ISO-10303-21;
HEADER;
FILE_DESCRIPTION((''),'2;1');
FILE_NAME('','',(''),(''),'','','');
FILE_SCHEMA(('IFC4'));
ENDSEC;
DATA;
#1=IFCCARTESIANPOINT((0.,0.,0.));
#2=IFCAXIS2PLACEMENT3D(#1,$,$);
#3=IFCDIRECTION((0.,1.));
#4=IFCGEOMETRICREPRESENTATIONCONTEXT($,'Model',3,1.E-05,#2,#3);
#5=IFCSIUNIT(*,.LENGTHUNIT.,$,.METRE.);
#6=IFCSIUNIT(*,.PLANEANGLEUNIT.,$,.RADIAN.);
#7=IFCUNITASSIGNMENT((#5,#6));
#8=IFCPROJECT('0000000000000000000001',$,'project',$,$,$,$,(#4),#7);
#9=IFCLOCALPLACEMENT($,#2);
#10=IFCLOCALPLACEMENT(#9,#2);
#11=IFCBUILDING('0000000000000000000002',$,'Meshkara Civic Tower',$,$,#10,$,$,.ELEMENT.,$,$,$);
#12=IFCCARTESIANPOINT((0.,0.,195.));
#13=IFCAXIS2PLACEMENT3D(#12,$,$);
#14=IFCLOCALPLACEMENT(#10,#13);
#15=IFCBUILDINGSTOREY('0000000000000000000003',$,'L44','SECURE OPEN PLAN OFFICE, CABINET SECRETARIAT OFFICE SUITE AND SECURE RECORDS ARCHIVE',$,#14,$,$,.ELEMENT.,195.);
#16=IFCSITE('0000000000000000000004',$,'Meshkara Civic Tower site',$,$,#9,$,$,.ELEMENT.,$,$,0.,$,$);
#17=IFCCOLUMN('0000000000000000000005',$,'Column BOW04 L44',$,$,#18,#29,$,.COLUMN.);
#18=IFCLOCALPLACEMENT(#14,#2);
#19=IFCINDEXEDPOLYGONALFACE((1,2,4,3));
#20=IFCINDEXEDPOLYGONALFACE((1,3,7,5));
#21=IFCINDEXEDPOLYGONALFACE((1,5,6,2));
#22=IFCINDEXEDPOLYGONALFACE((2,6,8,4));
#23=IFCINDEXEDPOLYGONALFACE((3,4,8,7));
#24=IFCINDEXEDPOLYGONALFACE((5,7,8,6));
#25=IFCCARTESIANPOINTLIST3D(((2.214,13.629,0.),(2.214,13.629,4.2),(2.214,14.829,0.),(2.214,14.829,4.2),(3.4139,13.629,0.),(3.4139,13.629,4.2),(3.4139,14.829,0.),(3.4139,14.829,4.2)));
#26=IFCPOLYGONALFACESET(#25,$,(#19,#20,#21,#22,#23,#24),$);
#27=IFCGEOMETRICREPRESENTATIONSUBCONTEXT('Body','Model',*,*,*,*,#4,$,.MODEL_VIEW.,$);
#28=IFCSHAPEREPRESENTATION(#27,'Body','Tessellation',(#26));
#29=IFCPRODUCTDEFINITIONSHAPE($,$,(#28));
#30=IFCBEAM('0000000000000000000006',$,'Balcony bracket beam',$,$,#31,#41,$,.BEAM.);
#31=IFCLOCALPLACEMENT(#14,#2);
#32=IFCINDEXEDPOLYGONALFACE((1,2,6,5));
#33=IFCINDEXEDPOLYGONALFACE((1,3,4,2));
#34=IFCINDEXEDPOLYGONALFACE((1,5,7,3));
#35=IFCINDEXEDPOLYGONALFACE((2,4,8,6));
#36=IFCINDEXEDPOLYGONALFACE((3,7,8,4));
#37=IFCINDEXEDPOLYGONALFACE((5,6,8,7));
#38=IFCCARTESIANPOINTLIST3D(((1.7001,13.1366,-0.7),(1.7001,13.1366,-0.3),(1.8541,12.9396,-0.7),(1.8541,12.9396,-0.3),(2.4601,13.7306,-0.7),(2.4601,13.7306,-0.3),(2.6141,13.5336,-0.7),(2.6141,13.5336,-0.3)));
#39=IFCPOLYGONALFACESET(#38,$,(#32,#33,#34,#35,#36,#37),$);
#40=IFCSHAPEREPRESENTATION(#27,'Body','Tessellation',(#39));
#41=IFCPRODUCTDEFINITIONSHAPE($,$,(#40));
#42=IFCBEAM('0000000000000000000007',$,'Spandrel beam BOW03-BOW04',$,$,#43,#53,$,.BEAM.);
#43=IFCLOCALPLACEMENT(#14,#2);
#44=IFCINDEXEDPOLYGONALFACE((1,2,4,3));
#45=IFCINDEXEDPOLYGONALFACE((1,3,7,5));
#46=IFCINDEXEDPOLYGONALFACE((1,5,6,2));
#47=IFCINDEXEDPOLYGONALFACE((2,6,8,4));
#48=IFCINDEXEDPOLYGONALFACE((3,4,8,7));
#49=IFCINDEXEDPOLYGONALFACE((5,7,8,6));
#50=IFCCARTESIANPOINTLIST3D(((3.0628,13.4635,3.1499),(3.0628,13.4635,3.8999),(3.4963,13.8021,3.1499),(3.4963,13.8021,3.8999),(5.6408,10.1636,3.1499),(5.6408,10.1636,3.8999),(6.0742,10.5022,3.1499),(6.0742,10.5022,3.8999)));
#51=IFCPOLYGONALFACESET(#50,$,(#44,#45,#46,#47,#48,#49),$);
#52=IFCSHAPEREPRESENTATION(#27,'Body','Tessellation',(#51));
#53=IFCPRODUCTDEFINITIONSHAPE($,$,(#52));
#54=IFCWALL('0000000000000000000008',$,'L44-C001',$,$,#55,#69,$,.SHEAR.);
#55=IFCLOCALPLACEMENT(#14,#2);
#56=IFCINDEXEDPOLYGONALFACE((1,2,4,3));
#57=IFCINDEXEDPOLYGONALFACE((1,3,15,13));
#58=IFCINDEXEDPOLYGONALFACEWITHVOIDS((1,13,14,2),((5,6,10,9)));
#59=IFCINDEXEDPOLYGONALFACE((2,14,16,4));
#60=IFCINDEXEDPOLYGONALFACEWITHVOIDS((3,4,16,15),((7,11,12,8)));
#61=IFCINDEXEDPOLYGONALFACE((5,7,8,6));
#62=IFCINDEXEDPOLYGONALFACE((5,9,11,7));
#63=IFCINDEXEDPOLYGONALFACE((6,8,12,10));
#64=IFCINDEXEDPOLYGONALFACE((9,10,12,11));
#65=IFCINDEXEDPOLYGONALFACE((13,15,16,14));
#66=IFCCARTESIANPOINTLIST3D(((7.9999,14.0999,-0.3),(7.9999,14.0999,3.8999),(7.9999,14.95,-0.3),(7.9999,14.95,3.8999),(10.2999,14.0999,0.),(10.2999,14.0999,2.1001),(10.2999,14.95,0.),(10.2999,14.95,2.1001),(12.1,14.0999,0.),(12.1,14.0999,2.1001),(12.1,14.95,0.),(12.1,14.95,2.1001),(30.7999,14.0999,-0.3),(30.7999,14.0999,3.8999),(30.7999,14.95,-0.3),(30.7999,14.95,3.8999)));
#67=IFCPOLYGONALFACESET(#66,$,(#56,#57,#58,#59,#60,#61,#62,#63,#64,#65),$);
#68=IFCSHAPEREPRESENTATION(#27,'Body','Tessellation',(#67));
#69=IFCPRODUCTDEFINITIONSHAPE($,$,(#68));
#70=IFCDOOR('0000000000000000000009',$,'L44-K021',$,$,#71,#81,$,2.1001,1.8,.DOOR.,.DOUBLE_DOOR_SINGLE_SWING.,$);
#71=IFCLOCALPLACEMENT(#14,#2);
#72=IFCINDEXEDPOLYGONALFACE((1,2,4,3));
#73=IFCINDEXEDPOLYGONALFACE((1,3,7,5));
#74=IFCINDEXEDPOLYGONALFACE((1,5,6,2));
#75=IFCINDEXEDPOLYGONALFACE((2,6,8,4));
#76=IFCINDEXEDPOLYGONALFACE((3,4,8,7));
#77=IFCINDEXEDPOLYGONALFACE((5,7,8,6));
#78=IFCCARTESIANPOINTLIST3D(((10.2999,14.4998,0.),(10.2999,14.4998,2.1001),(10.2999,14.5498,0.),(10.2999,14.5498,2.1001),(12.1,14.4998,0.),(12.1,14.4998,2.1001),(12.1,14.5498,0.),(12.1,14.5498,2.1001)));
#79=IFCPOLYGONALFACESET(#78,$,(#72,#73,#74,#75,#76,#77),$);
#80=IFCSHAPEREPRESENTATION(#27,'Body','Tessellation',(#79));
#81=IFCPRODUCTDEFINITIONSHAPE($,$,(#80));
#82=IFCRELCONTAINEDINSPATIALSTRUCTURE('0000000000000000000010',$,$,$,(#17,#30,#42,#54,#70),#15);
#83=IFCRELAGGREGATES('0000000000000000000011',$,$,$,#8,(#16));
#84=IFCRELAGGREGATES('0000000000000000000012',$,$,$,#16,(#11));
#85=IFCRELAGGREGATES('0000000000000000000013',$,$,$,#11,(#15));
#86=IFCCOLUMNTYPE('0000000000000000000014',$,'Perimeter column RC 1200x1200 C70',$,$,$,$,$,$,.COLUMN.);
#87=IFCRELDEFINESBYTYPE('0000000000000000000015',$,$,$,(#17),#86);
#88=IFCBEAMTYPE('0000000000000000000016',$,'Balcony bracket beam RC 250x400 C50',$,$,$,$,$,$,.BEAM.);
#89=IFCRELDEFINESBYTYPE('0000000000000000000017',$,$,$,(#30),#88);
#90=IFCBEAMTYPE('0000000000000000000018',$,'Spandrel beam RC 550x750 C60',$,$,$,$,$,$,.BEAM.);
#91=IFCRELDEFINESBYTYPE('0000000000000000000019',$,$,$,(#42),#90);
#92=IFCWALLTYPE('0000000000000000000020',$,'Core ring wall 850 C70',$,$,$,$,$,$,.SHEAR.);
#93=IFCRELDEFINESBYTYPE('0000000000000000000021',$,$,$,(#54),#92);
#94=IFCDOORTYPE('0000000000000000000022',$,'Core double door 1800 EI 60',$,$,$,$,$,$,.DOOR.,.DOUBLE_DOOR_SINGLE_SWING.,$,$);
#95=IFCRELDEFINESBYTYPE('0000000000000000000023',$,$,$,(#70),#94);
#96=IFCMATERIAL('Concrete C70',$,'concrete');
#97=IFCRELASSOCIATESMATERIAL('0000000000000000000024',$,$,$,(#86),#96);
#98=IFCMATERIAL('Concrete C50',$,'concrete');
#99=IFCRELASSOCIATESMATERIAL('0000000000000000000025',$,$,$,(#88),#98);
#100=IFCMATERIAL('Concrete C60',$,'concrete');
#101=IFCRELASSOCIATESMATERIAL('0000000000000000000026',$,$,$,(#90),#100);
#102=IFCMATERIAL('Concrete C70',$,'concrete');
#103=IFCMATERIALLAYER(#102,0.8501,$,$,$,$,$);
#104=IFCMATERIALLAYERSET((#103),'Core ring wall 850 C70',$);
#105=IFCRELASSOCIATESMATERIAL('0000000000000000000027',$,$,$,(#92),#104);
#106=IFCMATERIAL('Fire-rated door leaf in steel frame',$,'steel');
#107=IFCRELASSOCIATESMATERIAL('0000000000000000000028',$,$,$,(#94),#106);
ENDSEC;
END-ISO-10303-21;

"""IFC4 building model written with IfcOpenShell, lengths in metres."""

from ifc_helpers import new_model, si_unit, direction, frame, frame_2d, origin, origin_2d, place, context, subcontext, project, spatial, rectangle, extrude, material, layer, layer_set, material_profile, profile_set, type_object, element, fill, save


model = new_model("IFC4")

# Units and contexts
model_context = context("Model", 3, precision=1e-05, world=origin(), true_north=direction((0.0, 1.0)))
body_context = subcontext(model_context, "Body", "Model", "MODEL_VIEW")
ifc_project = project(units=[si_unit("LENGTHUNIT", "METRE"), si_unit("PLANEANGLEUNIT", "RADIAN")], contexts=[model_context])

# Site, building, storey
site_placement = place(None, origin())
site = spatial("IfcSite", under=ifc_project, at=site_placement, Name="Meshkara Civic Tower site", CompositionType="ELEMENT", RefElevation=0.0)
building_placement = place(site_placement, origin())
building = spatial("IfcBuilding", under=site, at=building_placement, Name="Meshkara Civic Tower", CompositionType="ELEMENT")
storey_placement = place(building_placement, frame((0.0, 0.0, 195.0)))
storey = spatial("IfcBuildingStorey", under=building, at=storey_placement, Name="L44", Description="SECURE OPEN PLAN OFFICE, CABINET SECRETARIAT OFFICE SUITE AND SECURE RECORDS ARCHIVE", CompositionType="ELEMENT", Elevation=195.0)

# Column
ifc_material_1 = material(Name="Concrete C70", Category="concrete")
ifc_material_profile_1 = material_profile(ifc_material_1, rectangle(XDim=1.2, YDim=1.2, at=origin_2d()))
ifc_profile_set_1 = profile_set([ifc_material_profile_1], Name="Concrete C70")
column_type = type_object("IfcColumnType", Name="Perimeter column RC 1200x1200 C70", PredefinedType="COLUMN", material=ifc_profile_set_1)
column_placement = place(storey_placement, frame((2.814, 14.229, 0.0), z_axis=(0.0, 0.0, 1.0), x_axis=(1.0, 0.0, 0.0)))
element("IfcColumn", 1, at=column_placement, inside=storey, type_object=column_type, Name="Column BOW04 L44", PredefinedType="COLUMN", context=body_context, shape_type="SweptSolid", body=[
    extrude(rectangle(XDim=1.2, YDim=1.2, at=origin_2d()), origin(), (0.0, 0.0, 1.0), 4.2),
])

# Beams
ifc_material_2 = material(Name="Concrete C50", Category="concrete")
ifc_material_profile_2 = material_profile(ifc_material_2, rectangle(XDim=0.25, YDim=0.3999, at=origin_2d()))
ifc_profile_set_2 = profile_set([ifc_material_profile_2], Name="Concrete C50")
beam_type_1 = type_object("IfcBeamType", Name="Balcony bracket beam RC 250x400 C50", PredefinedType="BEAM", material=ifc_profile_set_2)
beam_1_placement = place(storey_placement, frame((2.5371, 13.6321, -0.5), z_axis=(-0.787905, -0.615796, 0.0), x_axis=(0.615796, -0.787905, 0.0)))
element("IfcBeam", 2, at=beam_1_placement, inside=storey, type_object=beam_type_1, Name="Balcony bracket beam", PredefinedType="BEAM", context=body_context, shape_type="SweptSolid", body=[
    extrude(rectangle(XDim=0.25, YDim=0.3999, at=origin_2d()), origin(), (0.0, 0.0, 1.0), 0.9646),
])
ifc_material_3 = material(Name="Concrete C60", Category="concrete")
ifc_material_profile_3 = material_profile(ifc_material_3, rectangle(XDim=0.55, YDim=0.75, at=origin_2d()))
ifc_profile_set_3 = profile_set([ifc_material_profile_3], Name="Concrete C60")
beam_type_2 = type_object("IfcBeamType", Name="Spandrel beam RC 550x750 C60", PredefinedType="BEAM", material=ifc_profile_set_3)
beam_2_placement = place(storey_placement, frame((3.2795, 13.6328, 3.5249), z_axis=(0.61563, -0.788035, 0.0), x_axis=(0.788035, 0.61563, 0.0)))
element("IfcBeam", 3, at=beam_2_placement, inside=storey, type_object=beam_type_2, Name="Spandrel beam BOW03-BOW04", PredefinedType="BEAM", context=body_context, shape_type="SweptSolid", body=[
    extrude(rectangle(XDim=0.55, YDim=0.75, at=origin_2d()), origin(), (0.0, 0.0, 1.0), 4.1875),
])

# Wall, opening, door
ifc_material_4 = material(Name="Concrete C70", Category="concrete")
ifc_layer_1 = layer(ifc_material_4, 0.8501)
ifc_layer_set_1 = layer_set([ifc_layer_1], Name="Core ring wall 850 C70")
wall_type_1 = type_object("IfcWallType", Name="Core ring wall 850 C70", PredefinedType="SHEAR", material=ifc_layer_set_1)
wall_1_placement = place(storey_placement, frame((8.0, 14.5249, -0.3), z_axis=(0.0, 0.0, 1.0), x_axis=(1.0, 0.0, 0.0)))
wall_1 = element("IfcWall", 4, at=wall_1_placement, inside=storey, type_object=wall_type_1, Name="L44-C001", PredefinedType="SHEAR", context=body_context, shape_type="SweptSolid", body=[
    extrude(rectangle(XDim=22.8, YDim=0.8501, at=frame_2d((11.3999, 0.0))), origin(), (0.0, 0.0, 1.0), 4.2),
])
opening_1_placement = place(wall_1_placement, frame((2.3, 0.0, 0.3)))
opening_1 = element("IfcOpeningElement", 5, at=opening_1_placement, cuts=wall_1, PredefinedType="OPENING", context=body_context, shape_type="SweptSolid", body=[
    extrude(rectangle(XDim=1.8, YDim=2.1001, at=frame_2d((0.8999, 1.05))), frame((0.0, 0.4351, 0.0), z_axis=(0.0, -1.0, 0.0), x_axis=(1.0, 0.0, 0.0)), (0.0, 0.0, 1.0), 0.8701),
])
ifc_material_5 = material(Name="Fire-rated door leaf in steel frame", Category="steel")
door_type_1 = type_object("IfcDoorType", Name="Core double door 1800 EI 60", OperationType="DOUBLE_DOOR_SINGLE_SWING", PredefinedType="DOOR", material=ifc_material_5)
door_1_placement = place(opening_1_placement, origin())
door_1 = element("IfcDoor", 6, at=door_1_placement, inside=storey, type_object=door_type_1, Name="L44-K021", OperationType="DOUBLE_DOOR_SINGLE_SWING", OverallHeight=2.1001, OverallWidth=1.8, PredefinedType="DOOR", context=body_context, shape_type="SweptSolid", body=[
    extrude(rectangle(XDim=1.8, YDim=2.1001, at=frame_2d((0.8999, 1.05))), frame((0.0, 0.0249, 0.0), z_axis=(0.0, -1.0, 0.0), x_axis=(1.0, 0.0, 0.0)), (0.0, 0.0, 1.0), 0.05),
])
fill(opening_1, door_1)

save(model, "model.ifc")
